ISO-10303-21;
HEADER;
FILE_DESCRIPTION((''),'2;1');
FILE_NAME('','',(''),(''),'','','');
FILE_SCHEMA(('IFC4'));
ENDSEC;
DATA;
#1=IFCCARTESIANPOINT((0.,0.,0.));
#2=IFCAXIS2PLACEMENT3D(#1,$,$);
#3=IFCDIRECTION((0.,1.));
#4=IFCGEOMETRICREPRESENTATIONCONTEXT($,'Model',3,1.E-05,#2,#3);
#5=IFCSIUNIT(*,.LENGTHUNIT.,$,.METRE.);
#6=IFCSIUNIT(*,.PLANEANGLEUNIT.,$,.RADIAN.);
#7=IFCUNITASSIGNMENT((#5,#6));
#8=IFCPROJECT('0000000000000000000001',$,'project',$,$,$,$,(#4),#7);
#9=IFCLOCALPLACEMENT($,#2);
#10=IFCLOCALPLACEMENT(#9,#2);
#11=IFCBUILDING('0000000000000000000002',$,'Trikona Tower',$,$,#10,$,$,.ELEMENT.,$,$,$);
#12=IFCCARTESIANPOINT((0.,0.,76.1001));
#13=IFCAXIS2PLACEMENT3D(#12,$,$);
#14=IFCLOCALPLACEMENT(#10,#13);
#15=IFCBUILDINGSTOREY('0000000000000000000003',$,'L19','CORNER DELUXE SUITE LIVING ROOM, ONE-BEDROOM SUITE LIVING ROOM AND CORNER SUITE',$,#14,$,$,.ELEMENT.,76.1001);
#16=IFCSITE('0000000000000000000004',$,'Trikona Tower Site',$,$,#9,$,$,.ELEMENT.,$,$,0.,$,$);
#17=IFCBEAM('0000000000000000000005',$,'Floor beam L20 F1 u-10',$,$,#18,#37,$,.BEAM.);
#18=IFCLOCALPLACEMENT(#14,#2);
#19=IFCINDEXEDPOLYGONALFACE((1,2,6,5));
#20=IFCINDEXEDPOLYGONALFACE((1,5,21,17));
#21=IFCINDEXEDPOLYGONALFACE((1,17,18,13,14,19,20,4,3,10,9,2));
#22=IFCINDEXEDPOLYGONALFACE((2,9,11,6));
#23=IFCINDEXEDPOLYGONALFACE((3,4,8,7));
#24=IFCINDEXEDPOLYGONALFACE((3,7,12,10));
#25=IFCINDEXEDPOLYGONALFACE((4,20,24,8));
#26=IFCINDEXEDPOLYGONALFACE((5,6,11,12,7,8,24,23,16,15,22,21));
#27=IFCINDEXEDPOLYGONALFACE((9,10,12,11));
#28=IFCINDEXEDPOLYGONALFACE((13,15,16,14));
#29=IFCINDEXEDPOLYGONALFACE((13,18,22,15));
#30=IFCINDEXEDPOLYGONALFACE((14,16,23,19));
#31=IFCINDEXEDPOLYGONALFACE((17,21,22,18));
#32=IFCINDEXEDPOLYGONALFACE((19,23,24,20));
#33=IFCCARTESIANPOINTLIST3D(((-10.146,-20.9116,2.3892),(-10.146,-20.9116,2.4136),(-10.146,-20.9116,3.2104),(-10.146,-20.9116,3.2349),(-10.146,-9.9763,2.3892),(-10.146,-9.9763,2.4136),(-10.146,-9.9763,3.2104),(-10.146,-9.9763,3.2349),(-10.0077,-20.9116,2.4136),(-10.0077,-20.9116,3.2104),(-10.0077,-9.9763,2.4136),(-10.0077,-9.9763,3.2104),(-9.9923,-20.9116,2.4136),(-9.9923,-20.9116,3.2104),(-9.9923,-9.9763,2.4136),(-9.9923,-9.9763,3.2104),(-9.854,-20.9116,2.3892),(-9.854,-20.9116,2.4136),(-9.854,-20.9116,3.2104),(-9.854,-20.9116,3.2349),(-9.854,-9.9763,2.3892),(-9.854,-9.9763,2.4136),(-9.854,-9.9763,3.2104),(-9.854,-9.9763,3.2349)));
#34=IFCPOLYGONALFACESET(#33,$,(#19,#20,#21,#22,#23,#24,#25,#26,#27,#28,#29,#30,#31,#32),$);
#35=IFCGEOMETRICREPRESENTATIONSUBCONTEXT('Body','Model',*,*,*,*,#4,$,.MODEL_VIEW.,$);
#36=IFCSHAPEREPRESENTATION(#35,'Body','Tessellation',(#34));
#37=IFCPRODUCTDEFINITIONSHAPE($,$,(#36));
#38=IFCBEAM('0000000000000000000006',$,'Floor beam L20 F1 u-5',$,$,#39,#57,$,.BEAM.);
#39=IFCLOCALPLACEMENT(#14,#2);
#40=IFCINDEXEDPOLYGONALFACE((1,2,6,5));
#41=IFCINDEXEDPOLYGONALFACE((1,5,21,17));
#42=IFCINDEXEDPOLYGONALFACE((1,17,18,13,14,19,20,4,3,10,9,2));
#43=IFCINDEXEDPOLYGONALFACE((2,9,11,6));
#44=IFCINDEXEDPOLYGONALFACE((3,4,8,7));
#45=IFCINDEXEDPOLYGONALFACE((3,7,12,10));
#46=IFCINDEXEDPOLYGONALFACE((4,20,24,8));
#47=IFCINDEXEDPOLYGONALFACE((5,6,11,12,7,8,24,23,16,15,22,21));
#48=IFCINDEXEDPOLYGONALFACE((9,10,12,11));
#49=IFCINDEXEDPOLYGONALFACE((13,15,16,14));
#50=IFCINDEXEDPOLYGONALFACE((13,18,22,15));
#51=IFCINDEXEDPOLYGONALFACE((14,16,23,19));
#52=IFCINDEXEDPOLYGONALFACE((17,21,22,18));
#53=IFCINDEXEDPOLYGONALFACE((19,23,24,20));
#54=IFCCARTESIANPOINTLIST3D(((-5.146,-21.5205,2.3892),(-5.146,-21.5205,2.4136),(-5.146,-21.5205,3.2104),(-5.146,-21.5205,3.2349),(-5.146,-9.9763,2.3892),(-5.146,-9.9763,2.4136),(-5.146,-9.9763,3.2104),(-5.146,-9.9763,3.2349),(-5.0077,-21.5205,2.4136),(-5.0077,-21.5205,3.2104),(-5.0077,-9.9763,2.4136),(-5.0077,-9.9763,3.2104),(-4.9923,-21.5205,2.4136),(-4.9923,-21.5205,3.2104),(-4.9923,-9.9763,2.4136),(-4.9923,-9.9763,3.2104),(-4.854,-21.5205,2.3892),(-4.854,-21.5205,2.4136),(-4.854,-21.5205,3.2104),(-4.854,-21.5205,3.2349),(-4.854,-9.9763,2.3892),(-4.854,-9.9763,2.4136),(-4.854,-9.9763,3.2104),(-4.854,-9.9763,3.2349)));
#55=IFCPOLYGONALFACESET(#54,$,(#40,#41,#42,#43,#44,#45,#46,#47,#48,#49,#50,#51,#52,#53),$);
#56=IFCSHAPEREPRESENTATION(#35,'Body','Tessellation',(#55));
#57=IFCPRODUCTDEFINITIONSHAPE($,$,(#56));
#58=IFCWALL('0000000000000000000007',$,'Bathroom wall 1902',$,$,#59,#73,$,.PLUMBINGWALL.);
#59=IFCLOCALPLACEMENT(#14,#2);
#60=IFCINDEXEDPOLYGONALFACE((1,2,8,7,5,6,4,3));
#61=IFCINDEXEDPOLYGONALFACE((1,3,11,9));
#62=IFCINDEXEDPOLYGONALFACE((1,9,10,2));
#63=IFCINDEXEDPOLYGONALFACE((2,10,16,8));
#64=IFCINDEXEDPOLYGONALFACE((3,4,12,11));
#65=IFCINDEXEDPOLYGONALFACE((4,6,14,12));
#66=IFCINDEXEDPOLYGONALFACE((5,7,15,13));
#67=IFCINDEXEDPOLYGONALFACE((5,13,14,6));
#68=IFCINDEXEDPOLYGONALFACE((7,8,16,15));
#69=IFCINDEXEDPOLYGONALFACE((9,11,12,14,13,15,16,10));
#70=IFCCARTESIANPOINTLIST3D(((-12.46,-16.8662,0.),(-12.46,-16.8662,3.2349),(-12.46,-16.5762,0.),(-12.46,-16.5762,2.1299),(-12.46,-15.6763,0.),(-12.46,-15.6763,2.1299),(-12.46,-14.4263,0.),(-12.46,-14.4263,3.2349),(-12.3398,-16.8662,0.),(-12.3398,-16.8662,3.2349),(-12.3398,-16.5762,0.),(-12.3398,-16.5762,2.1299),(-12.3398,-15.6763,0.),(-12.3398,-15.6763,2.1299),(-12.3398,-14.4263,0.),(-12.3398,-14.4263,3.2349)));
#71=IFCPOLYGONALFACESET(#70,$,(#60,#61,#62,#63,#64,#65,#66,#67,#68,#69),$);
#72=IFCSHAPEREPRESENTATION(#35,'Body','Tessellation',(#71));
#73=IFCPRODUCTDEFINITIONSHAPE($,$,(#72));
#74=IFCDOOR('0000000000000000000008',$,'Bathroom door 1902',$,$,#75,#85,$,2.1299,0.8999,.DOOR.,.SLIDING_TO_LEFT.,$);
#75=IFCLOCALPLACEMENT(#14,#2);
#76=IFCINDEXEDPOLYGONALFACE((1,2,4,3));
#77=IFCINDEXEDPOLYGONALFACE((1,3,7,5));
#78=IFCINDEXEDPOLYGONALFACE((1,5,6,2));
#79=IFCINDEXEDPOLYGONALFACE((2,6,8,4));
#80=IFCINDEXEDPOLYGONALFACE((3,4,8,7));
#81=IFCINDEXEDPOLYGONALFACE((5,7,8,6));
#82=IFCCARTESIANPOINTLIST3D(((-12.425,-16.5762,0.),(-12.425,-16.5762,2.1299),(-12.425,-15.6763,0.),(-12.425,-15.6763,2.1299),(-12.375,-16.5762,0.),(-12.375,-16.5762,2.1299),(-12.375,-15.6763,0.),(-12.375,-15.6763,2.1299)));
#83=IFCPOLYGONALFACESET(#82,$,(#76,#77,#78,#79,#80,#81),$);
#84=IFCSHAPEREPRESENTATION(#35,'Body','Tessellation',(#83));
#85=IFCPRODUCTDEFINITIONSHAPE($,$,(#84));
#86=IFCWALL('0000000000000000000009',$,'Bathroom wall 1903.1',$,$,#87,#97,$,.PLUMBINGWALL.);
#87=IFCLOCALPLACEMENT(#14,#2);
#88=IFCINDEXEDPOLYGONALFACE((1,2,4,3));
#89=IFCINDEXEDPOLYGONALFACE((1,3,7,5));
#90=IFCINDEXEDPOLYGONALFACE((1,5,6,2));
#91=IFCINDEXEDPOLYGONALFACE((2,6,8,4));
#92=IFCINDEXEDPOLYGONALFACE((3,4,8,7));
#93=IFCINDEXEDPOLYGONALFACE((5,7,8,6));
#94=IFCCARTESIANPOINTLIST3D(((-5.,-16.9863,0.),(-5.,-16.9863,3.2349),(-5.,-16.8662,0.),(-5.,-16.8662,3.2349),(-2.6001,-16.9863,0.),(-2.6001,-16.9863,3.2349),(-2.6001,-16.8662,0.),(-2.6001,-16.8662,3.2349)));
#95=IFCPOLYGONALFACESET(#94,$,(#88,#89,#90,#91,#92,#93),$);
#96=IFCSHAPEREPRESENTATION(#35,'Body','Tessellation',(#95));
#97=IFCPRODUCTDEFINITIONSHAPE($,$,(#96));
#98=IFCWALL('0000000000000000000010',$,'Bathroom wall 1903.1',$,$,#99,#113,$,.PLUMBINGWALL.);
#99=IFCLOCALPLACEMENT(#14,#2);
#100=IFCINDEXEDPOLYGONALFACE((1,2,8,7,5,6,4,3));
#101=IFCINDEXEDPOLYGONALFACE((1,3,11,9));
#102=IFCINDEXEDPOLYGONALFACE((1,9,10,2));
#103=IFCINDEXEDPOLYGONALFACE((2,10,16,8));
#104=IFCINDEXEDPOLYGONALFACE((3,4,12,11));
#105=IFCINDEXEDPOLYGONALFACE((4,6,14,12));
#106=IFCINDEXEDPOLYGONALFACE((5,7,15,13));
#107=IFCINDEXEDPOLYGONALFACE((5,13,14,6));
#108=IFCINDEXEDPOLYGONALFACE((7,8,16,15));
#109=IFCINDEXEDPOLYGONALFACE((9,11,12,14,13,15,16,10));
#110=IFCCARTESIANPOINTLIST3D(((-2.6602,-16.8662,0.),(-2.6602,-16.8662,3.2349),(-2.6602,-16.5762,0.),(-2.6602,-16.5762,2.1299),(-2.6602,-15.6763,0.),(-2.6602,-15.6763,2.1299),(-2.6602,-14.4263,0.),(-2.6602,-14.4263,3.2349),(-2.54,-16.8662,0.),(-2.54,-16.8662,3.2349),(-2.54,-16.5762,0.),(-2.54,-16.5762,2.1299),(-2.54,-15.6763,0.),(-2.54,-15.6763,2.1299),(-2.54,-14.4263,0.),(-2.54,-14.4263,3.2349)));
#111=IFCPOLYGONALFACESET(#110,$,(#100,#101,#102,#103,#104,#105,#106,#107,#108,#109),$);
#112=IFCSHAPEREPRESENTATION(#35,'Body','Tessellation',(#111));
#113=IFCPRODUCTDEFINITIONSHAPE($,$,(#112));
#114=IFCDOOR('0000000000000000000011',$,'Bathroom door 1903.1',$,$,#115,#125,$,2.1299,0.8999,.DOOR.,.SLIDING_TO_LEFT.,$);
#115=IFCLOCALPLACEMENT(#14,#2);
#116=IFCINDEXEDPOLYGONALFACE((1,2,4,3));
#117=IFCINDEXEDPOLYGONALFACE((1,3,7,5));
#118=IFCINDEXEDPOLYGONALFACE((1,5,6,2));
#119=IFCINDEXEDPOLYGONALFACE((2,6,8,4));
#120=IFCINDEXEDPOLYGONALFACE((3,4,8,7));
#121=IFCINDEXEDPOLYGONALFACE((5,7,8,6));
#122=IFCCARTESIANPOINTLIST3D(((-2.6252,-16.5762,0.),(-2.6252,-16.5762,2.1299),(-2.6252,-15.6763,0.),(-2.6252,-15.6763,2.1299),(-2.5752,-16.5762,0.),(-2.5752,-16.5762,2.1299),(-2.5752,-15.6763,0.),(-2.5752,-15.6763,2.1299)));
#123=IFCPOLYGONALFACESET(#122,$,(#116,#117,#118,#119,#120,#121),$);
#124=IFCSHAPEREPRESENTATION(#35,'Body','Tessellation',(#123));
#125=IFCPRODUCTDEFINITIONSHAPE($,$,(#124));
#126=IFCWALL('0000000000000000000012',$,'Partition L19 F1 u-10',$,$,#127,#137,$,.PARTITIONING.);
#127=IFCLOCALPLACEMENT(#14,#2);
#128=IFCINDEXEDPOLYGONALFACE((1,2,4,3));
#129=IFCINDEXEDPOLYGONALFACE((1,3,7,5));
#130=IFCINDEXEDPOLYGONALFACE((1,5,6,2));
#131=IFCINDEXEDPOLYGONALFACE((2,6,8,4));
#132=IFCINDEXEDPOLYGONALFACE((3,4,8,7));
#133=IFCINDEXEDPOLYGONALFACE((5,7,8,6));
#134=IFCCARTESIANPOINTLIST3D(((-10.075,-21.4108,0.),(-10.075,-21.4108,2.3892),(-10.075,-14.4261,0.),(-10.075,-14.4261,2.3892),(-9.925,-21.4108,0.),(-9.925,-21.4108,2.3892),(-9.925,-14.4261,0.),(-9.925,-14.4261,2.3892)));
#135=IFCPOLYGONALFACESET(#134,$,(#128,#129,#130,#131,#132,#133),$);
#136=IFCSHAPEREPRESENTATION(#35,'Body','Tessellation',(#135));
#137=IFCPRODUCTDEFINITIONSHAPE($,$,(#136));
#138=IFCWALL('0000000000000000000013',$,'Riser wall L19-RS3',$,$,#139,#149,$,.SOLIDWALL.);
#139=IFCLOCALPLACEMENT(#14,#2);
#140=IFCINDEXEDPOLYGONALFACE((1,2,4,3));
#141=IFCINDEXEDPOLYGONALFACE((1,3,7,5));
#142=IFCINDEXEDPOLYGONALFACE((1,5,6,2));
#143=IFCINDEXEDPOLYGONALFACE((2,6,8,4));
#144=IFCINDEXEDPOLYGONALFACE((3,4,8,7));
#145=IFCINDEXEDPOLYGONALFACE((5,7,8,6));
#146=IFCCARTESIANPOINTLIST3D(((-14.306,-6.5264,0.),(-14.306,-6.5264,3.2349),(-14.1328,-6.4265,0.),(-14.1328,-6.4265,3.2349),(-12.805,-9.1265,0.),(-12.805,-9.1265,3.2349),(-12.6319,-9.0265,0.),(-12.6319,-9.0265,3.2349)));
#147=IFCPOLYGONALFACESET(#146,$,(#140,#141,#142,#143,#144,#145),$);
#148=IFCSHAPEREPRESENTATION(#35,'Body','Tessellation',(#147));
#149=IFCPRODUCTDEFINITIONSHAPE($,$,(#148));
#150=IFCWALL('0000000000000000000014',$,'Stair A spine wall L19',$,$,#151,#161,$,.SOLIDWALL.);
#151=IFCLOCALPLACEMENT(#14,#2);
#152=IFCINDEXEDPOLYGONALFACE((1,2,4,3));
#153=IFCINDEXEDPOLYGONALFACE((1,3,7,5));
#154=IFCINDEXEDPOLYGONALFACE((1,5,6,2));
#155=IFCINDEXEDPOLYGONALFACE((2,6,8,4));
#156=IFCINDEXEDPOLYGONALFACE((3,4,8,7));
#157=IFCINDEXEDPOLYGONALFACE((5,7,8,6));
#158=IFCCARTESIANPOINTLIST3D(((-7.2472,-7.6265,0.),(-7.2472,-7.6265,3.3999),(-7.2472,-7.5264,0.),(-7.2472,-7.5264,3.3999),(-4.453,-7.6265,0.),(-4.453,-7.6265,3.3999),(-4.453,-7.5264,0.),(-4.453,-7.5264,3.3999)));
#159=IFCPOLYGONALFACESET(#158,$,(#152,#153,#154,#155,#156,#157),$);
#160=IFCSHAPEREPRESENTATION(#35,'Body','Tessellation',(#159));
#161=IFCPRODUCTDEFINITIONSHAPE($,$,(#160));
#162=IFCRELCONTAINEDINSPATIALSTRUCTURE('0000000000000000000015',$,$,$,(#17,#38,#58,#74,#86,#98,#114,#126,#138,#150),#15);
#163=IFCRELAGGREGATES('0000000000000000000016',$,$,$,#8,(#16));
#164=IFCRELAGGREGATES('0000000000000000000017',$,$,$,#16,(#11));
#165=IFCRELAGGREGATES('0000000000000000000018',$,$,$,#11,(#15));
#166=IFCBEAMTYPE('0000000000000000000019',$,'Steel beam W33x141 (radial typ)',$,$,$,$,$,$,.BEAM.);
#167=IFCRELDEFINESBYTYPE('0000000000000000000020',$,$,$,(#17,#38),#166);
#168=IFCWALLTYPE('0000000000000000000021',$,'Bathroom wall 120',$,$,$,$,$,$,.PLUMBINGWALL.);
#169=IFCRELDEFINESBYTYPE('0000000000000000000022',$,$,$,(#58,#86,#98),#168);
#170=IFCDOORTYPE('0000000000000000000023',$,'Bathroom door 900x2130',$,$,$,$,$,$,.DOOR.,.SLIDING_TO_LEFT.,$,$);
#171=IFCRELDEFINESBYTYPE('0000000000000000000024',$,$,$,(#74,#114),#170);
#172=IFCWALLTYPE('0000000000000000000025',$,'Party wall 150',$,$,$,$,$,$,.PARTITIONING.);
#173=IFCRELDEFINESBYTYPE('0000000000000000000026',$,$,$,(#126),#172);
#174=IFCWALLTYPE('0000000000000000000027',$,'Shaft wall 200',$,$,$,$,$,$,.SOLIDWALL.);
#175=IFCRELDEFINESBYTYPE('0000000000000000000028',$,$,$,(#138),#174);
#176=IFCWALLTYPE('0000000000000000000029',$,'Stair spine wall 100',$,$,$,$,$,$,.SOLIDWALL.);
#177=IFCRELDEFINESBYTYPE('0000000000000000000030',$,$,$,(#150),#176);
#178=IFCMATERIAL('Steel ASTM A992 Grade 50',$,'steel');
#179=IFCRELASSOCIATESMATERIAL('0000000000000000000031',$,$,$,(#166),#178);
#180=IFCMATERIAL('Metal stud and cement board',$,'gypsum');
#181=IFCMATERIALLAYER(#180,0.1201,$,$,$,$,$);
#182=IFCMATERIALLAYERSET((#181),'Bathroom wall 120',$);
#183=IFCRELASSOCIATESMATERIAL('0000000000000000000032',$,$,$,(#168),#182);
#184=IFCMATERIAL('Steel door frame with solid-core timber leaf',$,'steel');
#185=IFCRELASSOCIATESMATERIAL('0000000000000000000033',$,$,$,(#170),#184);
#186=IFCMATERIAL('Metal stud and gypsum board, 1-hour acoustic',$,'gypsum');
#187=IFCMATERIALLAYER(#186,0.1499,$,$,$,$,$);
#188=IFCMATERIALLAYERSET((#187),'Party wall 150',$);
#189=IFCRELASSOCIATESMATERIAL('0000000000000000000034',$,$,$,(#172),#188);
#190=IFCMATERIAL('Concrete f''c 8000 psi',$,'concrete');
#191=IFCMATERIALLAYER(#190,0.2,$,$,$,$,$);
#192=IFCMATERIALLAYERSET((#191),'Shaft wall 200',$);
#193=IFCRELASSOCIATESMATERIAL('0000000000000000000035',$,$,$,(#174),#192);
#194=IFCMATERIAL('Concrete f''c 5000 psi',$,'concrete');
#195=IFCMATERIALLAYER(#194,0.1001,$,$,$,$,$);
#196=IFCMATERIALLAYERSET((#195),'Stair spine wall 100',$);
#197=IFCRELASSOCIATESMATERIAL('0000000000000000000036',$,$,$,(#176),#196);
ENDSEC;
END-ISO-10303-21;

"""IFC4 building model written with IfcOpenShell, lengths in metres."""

from ifc_helpers import new_model, si_unit, direction, frame, frame_2d, origin, origin_2d, place, context, subcontext, project, spatial, rectangle, i_section, extrude, material, layer, layer_set, material_profile, profile_set, type_object, element, fill, save


model = new_model("IFC4")

# Units and contexts
model_context = context("Model", 3, precision=1e-05, world=origin(), true_north=direction((0.0, 1.0)))
body_context = subcontext(model_context, "Body", "Model", "MODEL_VIEW")
ifc_project = project(units=[si_unit("LENGTHUNIT", "METRE"), si_unit("PLANEANGLEUNIT", "RADIAN")], contexts=[model_context])

# Site, building, storey
site_placement = place(None, origin())
site = spatial("IfcSite", under=ifc_project, at=site_placement, Name="Trikona Tower Site", CompositionType="ELEMENT", RefElevation=0.0)
building_placement = place(site_placement, origin())
building = spatial("IfcBuilding", under=site, at=building_placement, Name="Trikona Tower", CompositionType="ELEMENT")
storey_placement = place(building_placement, frame((0.0, 0.0, 76.1001)))
storey = spatial("IfcBuildingStorey", under=building, at=storey_placement, Name="L19", Description="CORNER DELUXE SUITE LIVING ROOM, ONE-BEDROOM SUITE LIVING ROOM AND CORNER SUITE", CompositionType="ELEMENT", Elevation=76.1001)

# Beams
ifc_material_1 = material(Name="Steel ASTM A992 Grade 50", Category="steel")
ifc_material_profile = material_profile(ifc_material_1, i_section(OverallWidth=0.292, OverallDepth=0.8457, WebThickness=0.0154, FlangeThickness=0.0244, at=origin_2d()), Name="W33X141")
ifc_profile_set = profile_set([ifc_material_profile], Name="Steel ASTM A992 Grade 50")
beam_type = type_object("IfcBeamType", Name="Steel beam W33x141 (radial typ)", PredefinedType="BEAM", material=ifc_profile_set)
beam_1_placement = place(storey_placement, frame((-10.0, -9.9763, 2.812), z_axis=(0.0, -1.0, 0.0), x_axis=(1.0, 0.0, 0.0)))
element("IfcBeam", 1, at=beam_1_placement, inside=storey, type_object=beam_type, Name="Floor beam L20 F1 u-10", PredefinedType="BEAM", context=body_context, shape_type="SweptSolid", body=[
    extrude(i_section(OverallWidth=0.292, OverallDepth=0.8457, WebThickness=0.0154, FlangeThickness=0.0244, at=origin_2d()), origin(), (0.0, 0.0, 1.0), 10.9353),
])
beam_2_placement = place(storey_placement, frame((-5.0, -9.9763, 2.812), z_axis=(0.0, -1.0, 0.0), x_axis=(1.0, 0.0, 0.0)))
element("IfcBeam", 2, at=beam_2_placement, inside=storey, type_object=beam_type, Name="Floor beam L20 F1 u-5", PredefinedType="BEAM", context=body_context, shape_type="SweptSolid", body=[
    extrude(i_section(OverallWidth=0.292, OverallDepth=0.8457, WebThickness=0.0154, FlangeThickness=0.0244, at=origin_2d()), origin(), (0.0, 0.0, 1.0), 11.5442),
])

# Wall, opening, door
ifc_material_2 = material(Name="Metal stud and cement board", Category="gypsum")
ifc_layer_1 = layer(ifc_material_2, 0.1201)
ifc_layer_set_1 = layer_set([ifc_layer_1], Name="Bathroom wall 120")
wall_type_1 = type_object("IfcWallType", Name="Bathroom wall 120", PredefinedType="PLUMBINGWALL", material=ifc_layer_set_1)
wall_1_placement = place(storey_placement, frame((-12.3999, -14.4263, 0.0), z_axis=(0.0, 0.0, 1.0), x_axis=(0.0, -1.0, 0.0)))
wall_1 = element("IfcWall", 3, at=wall_1_placement, inside=storey, type_object=wall_type_1, Name="Bathroom wall 1902", PredefinedType="PLUMBINGWALL", context=body_context, shape_type="SweptSolid", body=[
    extrude(rectangle(XDim=2.4399, YDim=0.1201, at=frame_2d((1.22, 0.0))), origin(), (0.0, 0.0, 1.0), 3.2349),
])
opening_1_placement = place(wall_1_placement, frame((1.25, 0.0, 0.0)))
opening_1 = element("IfcOpeningElement", 4, at=opening_1_placement, cuts=wall_1, PredefinedType="OPENING", context=body_context, shape_type="SweptSolid", body=[
    extrude(rectangle(XDim=0.8999, YDim=2.1299, at=frame_2d((0.45, 1.0649))), frame((0.0, 0.0701, 0.0), z_axis=(0.0, -1.0, 0.0), x_axis=(1.0, 0.0, 0.0)), (0.0, 0.0, 1.0), 0.1401),
])
ifc_material_3 = material(Name="Steel door frame with solid-core timber leaf", Category="steel")
door_type_1 = type_object("IfcDoorType", Name="Bathroom door 900x2130", OperationType="SLIDING_TO_LEFT", PredefinedType="DOOR", material=ifc_material_3)
door_1_placement = place(opening_1_placement, origin())
door_1 = element("IfcDoor", 5, at=door_1_placement, inside=storey, type_object=door_type_1, Name="Bathroom door 1902", OperationType="SLIDING_TO_LEFT", OverallHeight=2.1299, OverallWidth=0.8999, PredefinedType="DOOR", context=body_context, shape_type="SweptSolid", body=[
    extrude(rectangle(XDim=0.8999, YDim=2.1299, at=frame_2d((0.45, 1.0649))), frame((0.0, 0.0249, 0.0), z_axis=(0.0, -1.0, 0.0), x_axis=(1.0, 0.0, 0.0)), (0.0, 0.0, 1.0), 0.05),
])
fill(opening_1, door_1)

# Wall
wall_2_placement = place(storey_placement, frame((-5.0, -16.9263, 0.0), z_axis=(0.0, 0.0, 1.0), x_axis=(1.0, 0.0, 0.0)))
element("IfcWall", 6, at=wall_2_placement, inside=storey, type_object=wall_type_1, Name="Bathroom wall 1903.1", PredefinedType="PLUMBINGWALL", context=body_context, shape_type="SweptSolid", body=[
    extrude(rectangle(XDim=2.3999, YDim=0.1201, at=frame_2d((1.2, 0.0))), origin(), (0.0, 0.0, 1.0), 3.2349),
])

# Wall, opening, door
wall_3_placement = place(storey_placement, frame((-2.6001, -14.4263, 0.0), z_axis=(0.0, 0.0, 1.0), x_axis=(0.0, -1.0, 0.0)))
wall_3 = element("IfcWall", 7, at=wall_3_placement, inside=storey, type_object=wall_type_1, Name="Bathroom wall 1903.1", PredefinedType="PLUMBINGWALL", context=body_context, shape_type="SweptSolid", body=[
    extrude(rectangle(XDim=2.4399, YDim=0.1201, at=frame_2d((1.22, 0.0))), origin(), (0.0, 0.0, 1.0), 3.2349),
])
opening_2_placement = place(wall_3_placement, frame((1.25, 0.0, 0.0)))
opening_2 = element("IfcOpeningElement", 8, at=opening_2_placement, cuts=wall_3, PredefinedType="OPENING", context=body_context, shape_type="SweptSolid", body=[
    extrude(rectangle(XDim=0.8999, YDim=2.1299, at=frame_2d((0.45, 1.0649))), frame((0.0, 0.0701, 0.0), z_axis=(0.0, -1.0, 0.0), x_axis=(1.0, 0.0, 0.0)), (0.0, 0.0, 1.0), 0.1401),
])
door_2_placement = place(opening_2_placement, origin())
door_2 = element("IfcDoor", 9, at=door_2_placement, inside=storey, type_object=door_type_1, Name="Bathroom door 1903.1", OperationType="SLIDING_TO_LEFT", OverallHeight=2.1299, OverallWidth=0.8999, PredefinedType="DOOR", context=body_context, shape_type="SweptSolid", body=[
    extrude(rectangle(XDim=0.8999, YDim=2.1299, at=frame_2d((0.45, 1.0649))), frame((0.0, 0.0249, 0.0), z_axis=(0.0, -1.0, 0.0), x_axis=(1.0, 0.0, 0.0)), (0.0, 0.0, 1.0), 0.05),
])
fill(opening_2, door_2)

# Walls
ifc_material_4 = material(Name="Metal stud and gypsum board, 1-hour acoustic", Category="gypsum")
ifc_layer_2 = layer(ifc_material_4, 0.1499)
ifc_layer_set_2 = layer_set([ifc_layer_2], Name="Party wall 150")
wall_type_2 = type_object("IfcWallType", Name="Party wall 150", PredefinedType="PARTITIONING", material=ifc_layer_set_2)
wall_4_placement = place(storey_placement, frame((-10.0, -14.4263, 0.0), z_axis=(0.0, 0.0, 1.0), x_axis=(0.0, -1.0, 0.0)))
element("IfcWall", 10, at=wall_4_placement, inside=storey, type_object=wall_type_2, Name="Partition L19 F1 u-10", PredefinedType="PARTITIONING", context=body_context, shape_type="SweptSolid", body=[
    extrude(rectangle(XDim=6.9846, YDim=0.1499, at=frame_2d((3.4922, 0.0))), origin(), (0.0, 0.0, 1.0), 2.3892),
])
ifc_material_5 = material(Name="Concrete f'c 8000 psi", Category="concrete")
ifc_layer_3 = layer(ifc_material_5, 0.2)
ifc_layer_set_3 = layer_set([ifc_layer_3], Name="Shaft wall 200")
wall_type_3 = type_object("IfcWallType", Name="Shaft wall 200", PredefinedType="SOLIDWALL", material=ifc_layer_set_3)
wall_5_placement = place(storey_placement, frame((-12.7185, -9.0764, 0.0), z_axis=(0.0, 0.0, 1.0), x_axis=(-0.499952, 0.866053, 0.0)))
element("IfcWall", 11, at=wall_5_placement, inside=storey, type_object=wall_type_3, Name="Riser wall L19-RS3", PredefinedType="SOLIDWALL", context=body_context, shape_type="SweptSolid", body=[
    extrude(rectangle(XDim=3.0022, YDim=0.2, at=frame_2d((1.501, 0.0))), origin(), (0.0, 0.0, 1.0), 3.2349),
])
ifc_material_6 = material(Name="Concrete f'c 5000 psi", Category="concrete")
ifc_layer_4 = layer(ifc_material_6, 0.1001)
ifc_layer_set_4 = layer_set([ifc_layer_4], Name="Stair spine wall 100")
wall_type_4 = type_object("IfcWallType", Name="Stair spine wall 100", PredefinedType="SOLIDWALL", material=ifc_layer_set_4)
wall_6_placement = place(storey_placement, frame((-7.2471, -7.5764, 0.0), z_axis=(0.0, 0.0, 1.0), x_axis=(1.0, 0.0, 0.0)))
element("IfcWall", 12, at=wall_6_placement, inside=storey, type_object=wall_type_4, Name="Stair A spine wall L19", PredefinedType="SOLIDWALL", context=body_context, shape_type="SweptSolid", body=[
    extrude(rectangle(XDim=2.7942, YDim=0.1001, at=frame_2d((1.397, 0.0))), origin(), (0.0, 0.0, 1.0), 3.3999),
])

save(model, "model.ifc")
